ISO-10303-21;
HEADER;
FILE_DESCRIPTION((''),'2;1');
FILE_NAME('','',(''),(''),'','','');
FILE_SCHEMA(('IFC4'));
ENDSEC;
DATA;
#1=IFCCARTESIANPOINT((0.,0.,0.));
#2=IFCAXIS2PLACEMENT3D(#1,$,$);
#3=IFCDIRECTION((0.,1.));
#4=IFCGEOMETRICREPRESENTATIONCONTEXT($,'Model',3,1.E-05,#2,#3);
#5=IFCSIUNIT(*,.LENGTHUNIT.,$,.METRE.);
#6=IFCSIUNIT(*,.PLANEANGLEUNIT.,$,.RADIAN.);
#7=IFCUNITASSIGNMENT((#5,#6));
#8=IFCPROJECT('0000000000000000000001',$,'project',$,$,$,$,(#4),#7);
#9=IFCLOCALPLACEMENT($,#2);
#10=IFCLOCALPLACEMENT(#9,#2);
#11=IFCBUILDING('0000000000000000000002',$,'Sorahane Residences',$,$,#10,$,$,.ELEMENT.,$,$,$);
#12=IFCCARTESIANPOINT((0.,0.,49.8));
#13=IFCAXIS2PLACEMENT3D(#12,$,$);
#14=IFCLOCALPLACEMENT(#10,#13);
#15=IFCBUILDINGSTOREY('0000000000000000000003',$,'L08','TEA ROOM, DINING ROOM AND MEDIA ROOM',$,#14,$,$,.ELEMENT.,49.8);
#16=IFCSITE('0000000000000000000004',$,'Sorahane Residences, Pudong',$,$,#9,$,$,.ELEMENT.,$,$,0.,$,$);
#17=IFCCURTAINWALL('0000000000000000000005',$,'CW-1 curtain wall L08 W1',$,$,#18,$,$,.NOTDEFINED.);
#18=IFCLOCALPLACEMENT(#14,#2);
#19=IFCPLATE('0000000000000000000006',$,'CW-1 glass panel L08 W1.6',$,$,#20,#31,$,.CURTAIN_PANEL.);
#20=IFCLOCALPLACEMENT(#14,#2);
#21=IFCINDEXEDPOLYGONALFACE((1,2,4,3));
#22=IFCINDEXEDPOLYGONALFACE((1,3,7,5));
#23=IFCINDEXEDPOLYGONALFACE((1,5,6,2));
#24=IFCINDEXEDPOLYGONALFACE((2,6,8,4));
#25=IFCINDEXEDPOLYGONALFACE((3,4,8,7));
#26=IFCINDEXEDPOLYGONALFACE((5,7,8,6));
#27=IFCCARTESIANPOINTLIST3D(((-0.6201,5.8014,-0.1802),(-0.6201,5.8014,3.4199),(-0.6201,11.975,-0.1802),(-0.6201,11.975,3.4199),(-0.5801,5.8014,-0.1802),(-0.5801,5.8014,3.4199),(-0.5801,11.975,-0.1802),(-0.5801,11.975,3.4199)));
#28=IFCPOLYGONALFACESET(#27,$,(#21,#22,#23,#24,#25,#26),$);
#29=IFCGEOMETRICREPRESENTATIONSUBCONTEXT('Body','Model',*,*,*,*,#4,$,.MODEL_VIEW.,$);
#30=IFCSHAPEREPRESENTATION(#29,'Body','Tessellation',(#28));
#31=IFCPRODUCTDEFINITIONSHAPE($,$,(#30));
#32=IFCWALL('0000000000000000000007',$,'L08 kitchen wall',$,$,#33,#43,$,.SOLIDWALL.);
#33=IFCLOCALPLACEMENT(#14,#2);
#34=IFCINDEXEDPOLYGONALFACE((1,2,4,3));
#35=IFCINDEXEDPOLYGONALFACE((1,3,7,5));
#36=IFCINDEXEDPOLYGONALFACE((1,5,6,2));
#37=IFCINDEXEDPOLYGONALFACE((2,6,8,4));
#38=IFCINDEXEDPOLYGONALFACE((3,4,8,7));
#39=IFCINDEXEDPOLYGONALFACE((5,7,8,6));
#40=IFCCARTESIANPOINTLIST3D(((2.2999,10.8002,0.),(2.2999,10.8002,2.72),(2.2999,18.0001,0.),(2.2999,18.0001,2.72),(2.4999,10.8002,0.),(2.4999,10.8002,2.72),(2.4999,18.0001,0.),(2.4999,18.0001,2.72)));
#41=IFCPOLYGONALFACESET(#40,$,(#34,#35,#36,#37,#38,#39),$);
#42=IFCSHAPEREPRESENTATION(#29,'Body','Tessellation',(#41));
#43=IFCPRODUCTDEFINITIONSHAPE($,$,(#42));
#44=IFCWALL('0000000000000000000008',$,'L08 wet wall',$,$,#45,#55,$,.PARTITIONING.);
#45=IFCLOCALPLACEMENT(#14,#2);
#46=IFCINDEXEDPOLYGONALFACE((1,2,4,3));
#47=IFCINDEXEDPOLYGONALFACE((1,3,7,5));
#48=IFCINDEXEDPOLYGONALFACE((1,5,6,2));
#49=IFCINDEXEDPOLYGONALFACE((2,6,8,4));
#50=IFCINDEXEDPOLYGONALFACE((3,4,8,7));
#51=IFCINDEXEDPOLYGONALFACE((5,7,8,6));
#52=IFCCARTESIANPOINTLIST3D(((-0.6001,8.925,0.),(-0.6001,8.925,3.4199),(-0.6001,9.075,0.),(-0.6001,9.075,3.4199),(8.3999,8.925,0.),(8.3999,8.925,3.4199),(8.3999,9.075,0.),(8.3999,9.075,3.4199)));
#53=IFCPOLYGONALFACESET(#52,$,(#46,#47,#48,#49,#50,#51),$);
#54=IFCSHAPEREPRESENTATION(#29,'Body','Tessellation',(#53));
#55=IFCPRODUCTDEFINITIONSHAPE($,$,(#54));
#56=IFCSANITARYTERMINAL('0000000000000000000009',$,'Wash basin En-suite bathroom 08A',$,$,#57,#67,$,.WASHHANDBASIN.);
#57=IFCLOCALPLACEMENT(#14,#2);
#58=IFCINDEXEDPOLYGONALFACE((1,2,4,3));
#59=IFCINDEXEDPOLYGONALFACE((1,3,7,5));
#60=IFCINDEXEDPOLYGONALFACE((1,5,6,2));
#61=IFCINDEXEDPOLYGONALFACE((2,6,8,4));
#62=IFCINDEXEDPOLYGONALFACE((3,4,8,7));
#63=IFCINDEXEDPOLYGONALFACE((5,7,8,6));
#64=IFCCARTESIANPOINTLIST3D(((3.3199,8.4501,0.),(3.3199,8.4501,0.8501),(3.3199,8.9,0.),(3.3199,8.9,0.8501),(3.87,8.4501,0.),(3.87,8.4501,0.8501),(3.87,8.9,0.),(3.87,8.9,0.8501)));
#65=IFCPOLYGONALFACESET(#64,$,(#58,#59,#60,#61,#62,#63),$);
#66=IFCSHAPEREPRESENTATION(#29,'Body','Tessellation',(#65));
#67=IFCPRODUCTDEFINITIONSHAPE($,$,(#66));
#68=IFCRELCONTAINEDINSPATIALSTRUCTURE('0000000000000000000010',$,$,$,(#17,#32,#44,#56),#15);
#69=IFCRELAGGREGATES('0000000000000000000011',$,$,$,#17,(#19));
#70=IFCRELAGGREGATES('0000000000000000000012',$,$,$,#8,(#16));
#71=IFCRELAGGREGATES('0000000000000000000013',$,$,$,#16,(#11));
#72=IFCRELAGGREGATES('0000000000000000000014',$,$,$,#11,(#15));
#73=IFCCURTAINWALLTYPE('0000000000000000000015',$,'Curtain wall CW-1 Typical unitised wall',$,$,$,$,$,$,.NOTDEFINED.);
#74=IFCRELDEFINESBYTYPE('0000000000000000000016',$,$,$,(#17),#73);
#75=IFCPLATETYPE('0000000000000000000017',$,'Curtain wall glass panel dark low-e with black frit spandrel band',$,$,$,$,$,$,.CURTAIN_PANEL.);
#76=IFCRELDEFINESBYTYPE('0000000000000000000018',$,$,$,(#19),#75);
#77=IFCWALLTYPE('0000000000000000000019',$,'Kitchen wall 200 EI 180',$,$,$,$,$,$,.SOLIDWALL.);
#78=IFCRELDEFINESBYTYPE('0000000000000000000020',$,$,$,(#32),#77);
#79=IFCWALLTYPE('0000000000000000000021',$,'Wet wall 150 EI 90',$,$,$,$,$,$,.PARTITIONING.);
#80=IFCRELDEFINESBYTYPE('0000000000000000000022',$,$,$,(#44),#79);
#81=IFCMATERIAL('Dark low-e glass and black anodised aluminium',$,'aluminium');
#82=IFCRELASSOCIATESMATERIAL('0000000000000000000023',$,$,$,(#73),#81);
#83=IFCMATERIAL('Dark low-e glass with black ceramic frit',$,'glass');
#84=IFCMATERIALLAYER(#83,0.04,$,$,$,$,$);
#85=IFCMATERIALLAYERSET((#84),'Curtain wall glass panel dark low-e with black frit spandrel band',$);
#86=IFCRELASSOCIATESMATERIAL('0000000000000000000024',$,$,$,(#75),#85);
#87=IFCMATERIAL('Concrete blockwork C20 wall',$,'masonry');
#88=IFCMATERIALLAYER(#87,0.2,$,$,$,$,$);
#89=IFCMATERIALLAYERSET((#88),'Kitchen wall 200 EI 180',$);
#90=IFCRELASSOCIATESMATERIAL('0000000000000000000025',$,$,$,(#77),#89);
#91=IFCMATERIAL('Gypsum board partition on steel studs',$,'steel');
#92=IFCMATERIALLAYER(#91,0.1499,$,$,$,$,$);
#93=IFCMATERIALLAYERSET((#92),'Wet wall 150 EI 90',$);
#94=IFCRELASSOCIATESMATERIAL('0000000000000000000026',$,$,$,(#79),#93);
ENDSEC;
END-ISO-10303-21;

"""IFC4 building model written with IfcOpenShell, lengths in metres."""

from ifc_helpers import new_model, si_unit, direction, frame, frame_2d, origin, origin_2d, place, context, subcontext, project, spatial, rectangle, extrude, material, layer, layer_set, type_object, element, aggregate, save


model = new_model("IFC4")

# Units and contexts
model_context = context("Model", 3, precision=1e-05, world=origin(), true_north=direction((0.0, 1.0)))
body_context = subcontext(model_context, "Body", "Model", "MODEL_VIEW")
ifc_project = project(units=[si_unit("LENGTHUNIT", "METRE"), si_unit("PLANEANGLEUNIT", "RADIAN")], contexts=[model_context])

# Site, building, storey
site_placement = place(None, origin())
site = spatial("IfcSite", under=ifc_project, at=site_placement, Name="Sorahane Residences, Pudong", CompositionType="ELEMENT", RefElevation=0.0)
building_placement = place(site_placement, origin())
building = spatial("IfcBuilding", under=site, at=building_placement, Name="Sorahane Residences", CompositionType="ELEMENT")
storey_placement = place(building_placement, frame((0.0, 0.0, 49.8)))
storey = spatial("IfcBuildingStorey", under=building, at=storey_placement, Name="L08", Description="TEA ROOM, DINING ROOM AND MEDIA ROOM", CompositionType="ELEMENT", Elevation=49.8)

# Curtain wall
ifc_material_1 = material(Name="Dark low-e glass and black anodised aluminium", Category="aluminium")
curtain_wall_type = type_object("IfcCurtainWallType", Name="Curtain wall CW-1 Typical unitised wall", PredefinedType="NOTDEFINED", material=ifc_material_1)
curtain_wall_placement = place(storey_placement, origin())
curtain_wall = element("IfcCurtainWall", 1, at=curtain_wall_placement, inside=storey, type_object=curtain_wall_type, Name="CW-1 curtain wall L08 W1", PredefinedType="NOTDEFINED")

# Plate
ifc_material_2 = material(Name="Dark low-e glass with black ceramic frit", Category="glass")
ifc_layer_1 = layer(ifc_material_2, 0.04)
ifc_layer_set_1 = layer_set([ifc_layer_1], Name="Curtain wall glass panel dark low-e with black frit spandrel band")
plate_type = type_object("IfcPlateType", Name="Curtain wall glass panel dark low-e with black frit spandrel band", PredefinedType="CURTAIN_PANEL", material=ifc_layer_set_1)
plate_1_placement = place(storey_placement, frame((-0.6001, 8.8882, -0.1802), z_axis=(0.0, 0.0, 1.0), x_axis=(0.0, -1.0, 0.0)))
plate_1 = element("IfcPlate", 2, at=plate_1_placement, type_object=plate_type, Name="CW-1 glass panel L08 W1.6", PredefinedType="CURTAIN_PANEL", context=body_context, shape_type="SweptSolid", body=[
    extrude(rectangle(XDim=6.1736, YDim=0.04, at=origin_2d()), origin(), (0.0, 0.0, 1.0), 3.6001),
])
aggregate(curtain_wall, [plate_1])

# Wall
ifc_material_3 = material(Name="Concrete blockwork C20 wall", Category="masonry")
ifc_layer_2 = layer(ifc_material_3, 0.2)
ifc_layer_set_2 = layer_set([ifc_layer_2], Name="Kitchen wall 200 EI 180")
wall_type_1 = type_object("IfcWallType", Name="Kitchen wall 200 EI 180", PredefinedType="SOLIDWALL", material=ifc_layer_set_2)
wall_1_placement = place(storey_placement, frame((2.3999, 10.8, 0.0), z_axis=(0.0, 0.0, 1.0), x_axis=(0.0, 1.0, 0.0)))
element("IfcWall", 3, at=wall_1_placement, inside=storey, type_object=wall_type_1, Name="L08 kitchen wall", PredefinedType="SOLIDWALL", context=body_context, shape_type="SweptSolid", body=[
    extrude(rectangle(XDim=7.2, YDim=0.2, at=frame_2d((3.6001, 0.0))), origin(), (0.0, 0.0, 1.0), 2.72),
])

# Shared definitions
ifc_material_4 = material(Name="Gypsum board partition on steel studs", Category="steel")
ifc_layer_3 = layer(ifc_material_4, 0.1499)
ifc_layer_set_3 = layer_set([ifc_layer_3], Name="Wet wall 150 EI 90")
wall_type_2 = type_object("IfcWallType", Name="Wet wall 150 EI 90", PredefinedType="PARTITIONING", material=ifc_layer_set_3)

# Wall
wall_2_placement = place(storey_placement, frame((-0.6001, 9.0, 0.0), z_axis=(0.0, 0.0, 1.0), x_axis=(1.0, 0.0, 0.0)))
element("IfcWall", 4, at=wall_2_placement, inside=storey, type_object=wall_type_2, Name="L08 wet wall", PredefinedType="PARTITIONING", context=body_context, shape_type="SweptSolid", body=[
    extrude(rectangle(XDim=9.0, YDim=0.1499, at=frame_2d((4.5, 0.0))), origin(), (0.0, 0.0, 1.0), 3.4199),
])

# Sanitary terminal
sanitary_terminal_placement = place(storey_placement, frame((3.595, 8.675, 0.0), z_axis=(0.0, 0.0, 1.0), x_axis=(1.0, 0.0, 0.0)))
element("IfcSanitaryTerminal", 5, at=sanitary_terminal_placement, inside=storey, Name="Wash basin En-suite bathroom 08A", PredefinedType="WASHHANDBASIN", context=body_context, shape_type="SweptSolid", body=[
    extrude(rectangle(XDim=0.55, YDim=0.45, at=origin_2d()), origin(), (0.0, 0.0, 1.0), 0.8501),
])

save(model, "model.ifc")
